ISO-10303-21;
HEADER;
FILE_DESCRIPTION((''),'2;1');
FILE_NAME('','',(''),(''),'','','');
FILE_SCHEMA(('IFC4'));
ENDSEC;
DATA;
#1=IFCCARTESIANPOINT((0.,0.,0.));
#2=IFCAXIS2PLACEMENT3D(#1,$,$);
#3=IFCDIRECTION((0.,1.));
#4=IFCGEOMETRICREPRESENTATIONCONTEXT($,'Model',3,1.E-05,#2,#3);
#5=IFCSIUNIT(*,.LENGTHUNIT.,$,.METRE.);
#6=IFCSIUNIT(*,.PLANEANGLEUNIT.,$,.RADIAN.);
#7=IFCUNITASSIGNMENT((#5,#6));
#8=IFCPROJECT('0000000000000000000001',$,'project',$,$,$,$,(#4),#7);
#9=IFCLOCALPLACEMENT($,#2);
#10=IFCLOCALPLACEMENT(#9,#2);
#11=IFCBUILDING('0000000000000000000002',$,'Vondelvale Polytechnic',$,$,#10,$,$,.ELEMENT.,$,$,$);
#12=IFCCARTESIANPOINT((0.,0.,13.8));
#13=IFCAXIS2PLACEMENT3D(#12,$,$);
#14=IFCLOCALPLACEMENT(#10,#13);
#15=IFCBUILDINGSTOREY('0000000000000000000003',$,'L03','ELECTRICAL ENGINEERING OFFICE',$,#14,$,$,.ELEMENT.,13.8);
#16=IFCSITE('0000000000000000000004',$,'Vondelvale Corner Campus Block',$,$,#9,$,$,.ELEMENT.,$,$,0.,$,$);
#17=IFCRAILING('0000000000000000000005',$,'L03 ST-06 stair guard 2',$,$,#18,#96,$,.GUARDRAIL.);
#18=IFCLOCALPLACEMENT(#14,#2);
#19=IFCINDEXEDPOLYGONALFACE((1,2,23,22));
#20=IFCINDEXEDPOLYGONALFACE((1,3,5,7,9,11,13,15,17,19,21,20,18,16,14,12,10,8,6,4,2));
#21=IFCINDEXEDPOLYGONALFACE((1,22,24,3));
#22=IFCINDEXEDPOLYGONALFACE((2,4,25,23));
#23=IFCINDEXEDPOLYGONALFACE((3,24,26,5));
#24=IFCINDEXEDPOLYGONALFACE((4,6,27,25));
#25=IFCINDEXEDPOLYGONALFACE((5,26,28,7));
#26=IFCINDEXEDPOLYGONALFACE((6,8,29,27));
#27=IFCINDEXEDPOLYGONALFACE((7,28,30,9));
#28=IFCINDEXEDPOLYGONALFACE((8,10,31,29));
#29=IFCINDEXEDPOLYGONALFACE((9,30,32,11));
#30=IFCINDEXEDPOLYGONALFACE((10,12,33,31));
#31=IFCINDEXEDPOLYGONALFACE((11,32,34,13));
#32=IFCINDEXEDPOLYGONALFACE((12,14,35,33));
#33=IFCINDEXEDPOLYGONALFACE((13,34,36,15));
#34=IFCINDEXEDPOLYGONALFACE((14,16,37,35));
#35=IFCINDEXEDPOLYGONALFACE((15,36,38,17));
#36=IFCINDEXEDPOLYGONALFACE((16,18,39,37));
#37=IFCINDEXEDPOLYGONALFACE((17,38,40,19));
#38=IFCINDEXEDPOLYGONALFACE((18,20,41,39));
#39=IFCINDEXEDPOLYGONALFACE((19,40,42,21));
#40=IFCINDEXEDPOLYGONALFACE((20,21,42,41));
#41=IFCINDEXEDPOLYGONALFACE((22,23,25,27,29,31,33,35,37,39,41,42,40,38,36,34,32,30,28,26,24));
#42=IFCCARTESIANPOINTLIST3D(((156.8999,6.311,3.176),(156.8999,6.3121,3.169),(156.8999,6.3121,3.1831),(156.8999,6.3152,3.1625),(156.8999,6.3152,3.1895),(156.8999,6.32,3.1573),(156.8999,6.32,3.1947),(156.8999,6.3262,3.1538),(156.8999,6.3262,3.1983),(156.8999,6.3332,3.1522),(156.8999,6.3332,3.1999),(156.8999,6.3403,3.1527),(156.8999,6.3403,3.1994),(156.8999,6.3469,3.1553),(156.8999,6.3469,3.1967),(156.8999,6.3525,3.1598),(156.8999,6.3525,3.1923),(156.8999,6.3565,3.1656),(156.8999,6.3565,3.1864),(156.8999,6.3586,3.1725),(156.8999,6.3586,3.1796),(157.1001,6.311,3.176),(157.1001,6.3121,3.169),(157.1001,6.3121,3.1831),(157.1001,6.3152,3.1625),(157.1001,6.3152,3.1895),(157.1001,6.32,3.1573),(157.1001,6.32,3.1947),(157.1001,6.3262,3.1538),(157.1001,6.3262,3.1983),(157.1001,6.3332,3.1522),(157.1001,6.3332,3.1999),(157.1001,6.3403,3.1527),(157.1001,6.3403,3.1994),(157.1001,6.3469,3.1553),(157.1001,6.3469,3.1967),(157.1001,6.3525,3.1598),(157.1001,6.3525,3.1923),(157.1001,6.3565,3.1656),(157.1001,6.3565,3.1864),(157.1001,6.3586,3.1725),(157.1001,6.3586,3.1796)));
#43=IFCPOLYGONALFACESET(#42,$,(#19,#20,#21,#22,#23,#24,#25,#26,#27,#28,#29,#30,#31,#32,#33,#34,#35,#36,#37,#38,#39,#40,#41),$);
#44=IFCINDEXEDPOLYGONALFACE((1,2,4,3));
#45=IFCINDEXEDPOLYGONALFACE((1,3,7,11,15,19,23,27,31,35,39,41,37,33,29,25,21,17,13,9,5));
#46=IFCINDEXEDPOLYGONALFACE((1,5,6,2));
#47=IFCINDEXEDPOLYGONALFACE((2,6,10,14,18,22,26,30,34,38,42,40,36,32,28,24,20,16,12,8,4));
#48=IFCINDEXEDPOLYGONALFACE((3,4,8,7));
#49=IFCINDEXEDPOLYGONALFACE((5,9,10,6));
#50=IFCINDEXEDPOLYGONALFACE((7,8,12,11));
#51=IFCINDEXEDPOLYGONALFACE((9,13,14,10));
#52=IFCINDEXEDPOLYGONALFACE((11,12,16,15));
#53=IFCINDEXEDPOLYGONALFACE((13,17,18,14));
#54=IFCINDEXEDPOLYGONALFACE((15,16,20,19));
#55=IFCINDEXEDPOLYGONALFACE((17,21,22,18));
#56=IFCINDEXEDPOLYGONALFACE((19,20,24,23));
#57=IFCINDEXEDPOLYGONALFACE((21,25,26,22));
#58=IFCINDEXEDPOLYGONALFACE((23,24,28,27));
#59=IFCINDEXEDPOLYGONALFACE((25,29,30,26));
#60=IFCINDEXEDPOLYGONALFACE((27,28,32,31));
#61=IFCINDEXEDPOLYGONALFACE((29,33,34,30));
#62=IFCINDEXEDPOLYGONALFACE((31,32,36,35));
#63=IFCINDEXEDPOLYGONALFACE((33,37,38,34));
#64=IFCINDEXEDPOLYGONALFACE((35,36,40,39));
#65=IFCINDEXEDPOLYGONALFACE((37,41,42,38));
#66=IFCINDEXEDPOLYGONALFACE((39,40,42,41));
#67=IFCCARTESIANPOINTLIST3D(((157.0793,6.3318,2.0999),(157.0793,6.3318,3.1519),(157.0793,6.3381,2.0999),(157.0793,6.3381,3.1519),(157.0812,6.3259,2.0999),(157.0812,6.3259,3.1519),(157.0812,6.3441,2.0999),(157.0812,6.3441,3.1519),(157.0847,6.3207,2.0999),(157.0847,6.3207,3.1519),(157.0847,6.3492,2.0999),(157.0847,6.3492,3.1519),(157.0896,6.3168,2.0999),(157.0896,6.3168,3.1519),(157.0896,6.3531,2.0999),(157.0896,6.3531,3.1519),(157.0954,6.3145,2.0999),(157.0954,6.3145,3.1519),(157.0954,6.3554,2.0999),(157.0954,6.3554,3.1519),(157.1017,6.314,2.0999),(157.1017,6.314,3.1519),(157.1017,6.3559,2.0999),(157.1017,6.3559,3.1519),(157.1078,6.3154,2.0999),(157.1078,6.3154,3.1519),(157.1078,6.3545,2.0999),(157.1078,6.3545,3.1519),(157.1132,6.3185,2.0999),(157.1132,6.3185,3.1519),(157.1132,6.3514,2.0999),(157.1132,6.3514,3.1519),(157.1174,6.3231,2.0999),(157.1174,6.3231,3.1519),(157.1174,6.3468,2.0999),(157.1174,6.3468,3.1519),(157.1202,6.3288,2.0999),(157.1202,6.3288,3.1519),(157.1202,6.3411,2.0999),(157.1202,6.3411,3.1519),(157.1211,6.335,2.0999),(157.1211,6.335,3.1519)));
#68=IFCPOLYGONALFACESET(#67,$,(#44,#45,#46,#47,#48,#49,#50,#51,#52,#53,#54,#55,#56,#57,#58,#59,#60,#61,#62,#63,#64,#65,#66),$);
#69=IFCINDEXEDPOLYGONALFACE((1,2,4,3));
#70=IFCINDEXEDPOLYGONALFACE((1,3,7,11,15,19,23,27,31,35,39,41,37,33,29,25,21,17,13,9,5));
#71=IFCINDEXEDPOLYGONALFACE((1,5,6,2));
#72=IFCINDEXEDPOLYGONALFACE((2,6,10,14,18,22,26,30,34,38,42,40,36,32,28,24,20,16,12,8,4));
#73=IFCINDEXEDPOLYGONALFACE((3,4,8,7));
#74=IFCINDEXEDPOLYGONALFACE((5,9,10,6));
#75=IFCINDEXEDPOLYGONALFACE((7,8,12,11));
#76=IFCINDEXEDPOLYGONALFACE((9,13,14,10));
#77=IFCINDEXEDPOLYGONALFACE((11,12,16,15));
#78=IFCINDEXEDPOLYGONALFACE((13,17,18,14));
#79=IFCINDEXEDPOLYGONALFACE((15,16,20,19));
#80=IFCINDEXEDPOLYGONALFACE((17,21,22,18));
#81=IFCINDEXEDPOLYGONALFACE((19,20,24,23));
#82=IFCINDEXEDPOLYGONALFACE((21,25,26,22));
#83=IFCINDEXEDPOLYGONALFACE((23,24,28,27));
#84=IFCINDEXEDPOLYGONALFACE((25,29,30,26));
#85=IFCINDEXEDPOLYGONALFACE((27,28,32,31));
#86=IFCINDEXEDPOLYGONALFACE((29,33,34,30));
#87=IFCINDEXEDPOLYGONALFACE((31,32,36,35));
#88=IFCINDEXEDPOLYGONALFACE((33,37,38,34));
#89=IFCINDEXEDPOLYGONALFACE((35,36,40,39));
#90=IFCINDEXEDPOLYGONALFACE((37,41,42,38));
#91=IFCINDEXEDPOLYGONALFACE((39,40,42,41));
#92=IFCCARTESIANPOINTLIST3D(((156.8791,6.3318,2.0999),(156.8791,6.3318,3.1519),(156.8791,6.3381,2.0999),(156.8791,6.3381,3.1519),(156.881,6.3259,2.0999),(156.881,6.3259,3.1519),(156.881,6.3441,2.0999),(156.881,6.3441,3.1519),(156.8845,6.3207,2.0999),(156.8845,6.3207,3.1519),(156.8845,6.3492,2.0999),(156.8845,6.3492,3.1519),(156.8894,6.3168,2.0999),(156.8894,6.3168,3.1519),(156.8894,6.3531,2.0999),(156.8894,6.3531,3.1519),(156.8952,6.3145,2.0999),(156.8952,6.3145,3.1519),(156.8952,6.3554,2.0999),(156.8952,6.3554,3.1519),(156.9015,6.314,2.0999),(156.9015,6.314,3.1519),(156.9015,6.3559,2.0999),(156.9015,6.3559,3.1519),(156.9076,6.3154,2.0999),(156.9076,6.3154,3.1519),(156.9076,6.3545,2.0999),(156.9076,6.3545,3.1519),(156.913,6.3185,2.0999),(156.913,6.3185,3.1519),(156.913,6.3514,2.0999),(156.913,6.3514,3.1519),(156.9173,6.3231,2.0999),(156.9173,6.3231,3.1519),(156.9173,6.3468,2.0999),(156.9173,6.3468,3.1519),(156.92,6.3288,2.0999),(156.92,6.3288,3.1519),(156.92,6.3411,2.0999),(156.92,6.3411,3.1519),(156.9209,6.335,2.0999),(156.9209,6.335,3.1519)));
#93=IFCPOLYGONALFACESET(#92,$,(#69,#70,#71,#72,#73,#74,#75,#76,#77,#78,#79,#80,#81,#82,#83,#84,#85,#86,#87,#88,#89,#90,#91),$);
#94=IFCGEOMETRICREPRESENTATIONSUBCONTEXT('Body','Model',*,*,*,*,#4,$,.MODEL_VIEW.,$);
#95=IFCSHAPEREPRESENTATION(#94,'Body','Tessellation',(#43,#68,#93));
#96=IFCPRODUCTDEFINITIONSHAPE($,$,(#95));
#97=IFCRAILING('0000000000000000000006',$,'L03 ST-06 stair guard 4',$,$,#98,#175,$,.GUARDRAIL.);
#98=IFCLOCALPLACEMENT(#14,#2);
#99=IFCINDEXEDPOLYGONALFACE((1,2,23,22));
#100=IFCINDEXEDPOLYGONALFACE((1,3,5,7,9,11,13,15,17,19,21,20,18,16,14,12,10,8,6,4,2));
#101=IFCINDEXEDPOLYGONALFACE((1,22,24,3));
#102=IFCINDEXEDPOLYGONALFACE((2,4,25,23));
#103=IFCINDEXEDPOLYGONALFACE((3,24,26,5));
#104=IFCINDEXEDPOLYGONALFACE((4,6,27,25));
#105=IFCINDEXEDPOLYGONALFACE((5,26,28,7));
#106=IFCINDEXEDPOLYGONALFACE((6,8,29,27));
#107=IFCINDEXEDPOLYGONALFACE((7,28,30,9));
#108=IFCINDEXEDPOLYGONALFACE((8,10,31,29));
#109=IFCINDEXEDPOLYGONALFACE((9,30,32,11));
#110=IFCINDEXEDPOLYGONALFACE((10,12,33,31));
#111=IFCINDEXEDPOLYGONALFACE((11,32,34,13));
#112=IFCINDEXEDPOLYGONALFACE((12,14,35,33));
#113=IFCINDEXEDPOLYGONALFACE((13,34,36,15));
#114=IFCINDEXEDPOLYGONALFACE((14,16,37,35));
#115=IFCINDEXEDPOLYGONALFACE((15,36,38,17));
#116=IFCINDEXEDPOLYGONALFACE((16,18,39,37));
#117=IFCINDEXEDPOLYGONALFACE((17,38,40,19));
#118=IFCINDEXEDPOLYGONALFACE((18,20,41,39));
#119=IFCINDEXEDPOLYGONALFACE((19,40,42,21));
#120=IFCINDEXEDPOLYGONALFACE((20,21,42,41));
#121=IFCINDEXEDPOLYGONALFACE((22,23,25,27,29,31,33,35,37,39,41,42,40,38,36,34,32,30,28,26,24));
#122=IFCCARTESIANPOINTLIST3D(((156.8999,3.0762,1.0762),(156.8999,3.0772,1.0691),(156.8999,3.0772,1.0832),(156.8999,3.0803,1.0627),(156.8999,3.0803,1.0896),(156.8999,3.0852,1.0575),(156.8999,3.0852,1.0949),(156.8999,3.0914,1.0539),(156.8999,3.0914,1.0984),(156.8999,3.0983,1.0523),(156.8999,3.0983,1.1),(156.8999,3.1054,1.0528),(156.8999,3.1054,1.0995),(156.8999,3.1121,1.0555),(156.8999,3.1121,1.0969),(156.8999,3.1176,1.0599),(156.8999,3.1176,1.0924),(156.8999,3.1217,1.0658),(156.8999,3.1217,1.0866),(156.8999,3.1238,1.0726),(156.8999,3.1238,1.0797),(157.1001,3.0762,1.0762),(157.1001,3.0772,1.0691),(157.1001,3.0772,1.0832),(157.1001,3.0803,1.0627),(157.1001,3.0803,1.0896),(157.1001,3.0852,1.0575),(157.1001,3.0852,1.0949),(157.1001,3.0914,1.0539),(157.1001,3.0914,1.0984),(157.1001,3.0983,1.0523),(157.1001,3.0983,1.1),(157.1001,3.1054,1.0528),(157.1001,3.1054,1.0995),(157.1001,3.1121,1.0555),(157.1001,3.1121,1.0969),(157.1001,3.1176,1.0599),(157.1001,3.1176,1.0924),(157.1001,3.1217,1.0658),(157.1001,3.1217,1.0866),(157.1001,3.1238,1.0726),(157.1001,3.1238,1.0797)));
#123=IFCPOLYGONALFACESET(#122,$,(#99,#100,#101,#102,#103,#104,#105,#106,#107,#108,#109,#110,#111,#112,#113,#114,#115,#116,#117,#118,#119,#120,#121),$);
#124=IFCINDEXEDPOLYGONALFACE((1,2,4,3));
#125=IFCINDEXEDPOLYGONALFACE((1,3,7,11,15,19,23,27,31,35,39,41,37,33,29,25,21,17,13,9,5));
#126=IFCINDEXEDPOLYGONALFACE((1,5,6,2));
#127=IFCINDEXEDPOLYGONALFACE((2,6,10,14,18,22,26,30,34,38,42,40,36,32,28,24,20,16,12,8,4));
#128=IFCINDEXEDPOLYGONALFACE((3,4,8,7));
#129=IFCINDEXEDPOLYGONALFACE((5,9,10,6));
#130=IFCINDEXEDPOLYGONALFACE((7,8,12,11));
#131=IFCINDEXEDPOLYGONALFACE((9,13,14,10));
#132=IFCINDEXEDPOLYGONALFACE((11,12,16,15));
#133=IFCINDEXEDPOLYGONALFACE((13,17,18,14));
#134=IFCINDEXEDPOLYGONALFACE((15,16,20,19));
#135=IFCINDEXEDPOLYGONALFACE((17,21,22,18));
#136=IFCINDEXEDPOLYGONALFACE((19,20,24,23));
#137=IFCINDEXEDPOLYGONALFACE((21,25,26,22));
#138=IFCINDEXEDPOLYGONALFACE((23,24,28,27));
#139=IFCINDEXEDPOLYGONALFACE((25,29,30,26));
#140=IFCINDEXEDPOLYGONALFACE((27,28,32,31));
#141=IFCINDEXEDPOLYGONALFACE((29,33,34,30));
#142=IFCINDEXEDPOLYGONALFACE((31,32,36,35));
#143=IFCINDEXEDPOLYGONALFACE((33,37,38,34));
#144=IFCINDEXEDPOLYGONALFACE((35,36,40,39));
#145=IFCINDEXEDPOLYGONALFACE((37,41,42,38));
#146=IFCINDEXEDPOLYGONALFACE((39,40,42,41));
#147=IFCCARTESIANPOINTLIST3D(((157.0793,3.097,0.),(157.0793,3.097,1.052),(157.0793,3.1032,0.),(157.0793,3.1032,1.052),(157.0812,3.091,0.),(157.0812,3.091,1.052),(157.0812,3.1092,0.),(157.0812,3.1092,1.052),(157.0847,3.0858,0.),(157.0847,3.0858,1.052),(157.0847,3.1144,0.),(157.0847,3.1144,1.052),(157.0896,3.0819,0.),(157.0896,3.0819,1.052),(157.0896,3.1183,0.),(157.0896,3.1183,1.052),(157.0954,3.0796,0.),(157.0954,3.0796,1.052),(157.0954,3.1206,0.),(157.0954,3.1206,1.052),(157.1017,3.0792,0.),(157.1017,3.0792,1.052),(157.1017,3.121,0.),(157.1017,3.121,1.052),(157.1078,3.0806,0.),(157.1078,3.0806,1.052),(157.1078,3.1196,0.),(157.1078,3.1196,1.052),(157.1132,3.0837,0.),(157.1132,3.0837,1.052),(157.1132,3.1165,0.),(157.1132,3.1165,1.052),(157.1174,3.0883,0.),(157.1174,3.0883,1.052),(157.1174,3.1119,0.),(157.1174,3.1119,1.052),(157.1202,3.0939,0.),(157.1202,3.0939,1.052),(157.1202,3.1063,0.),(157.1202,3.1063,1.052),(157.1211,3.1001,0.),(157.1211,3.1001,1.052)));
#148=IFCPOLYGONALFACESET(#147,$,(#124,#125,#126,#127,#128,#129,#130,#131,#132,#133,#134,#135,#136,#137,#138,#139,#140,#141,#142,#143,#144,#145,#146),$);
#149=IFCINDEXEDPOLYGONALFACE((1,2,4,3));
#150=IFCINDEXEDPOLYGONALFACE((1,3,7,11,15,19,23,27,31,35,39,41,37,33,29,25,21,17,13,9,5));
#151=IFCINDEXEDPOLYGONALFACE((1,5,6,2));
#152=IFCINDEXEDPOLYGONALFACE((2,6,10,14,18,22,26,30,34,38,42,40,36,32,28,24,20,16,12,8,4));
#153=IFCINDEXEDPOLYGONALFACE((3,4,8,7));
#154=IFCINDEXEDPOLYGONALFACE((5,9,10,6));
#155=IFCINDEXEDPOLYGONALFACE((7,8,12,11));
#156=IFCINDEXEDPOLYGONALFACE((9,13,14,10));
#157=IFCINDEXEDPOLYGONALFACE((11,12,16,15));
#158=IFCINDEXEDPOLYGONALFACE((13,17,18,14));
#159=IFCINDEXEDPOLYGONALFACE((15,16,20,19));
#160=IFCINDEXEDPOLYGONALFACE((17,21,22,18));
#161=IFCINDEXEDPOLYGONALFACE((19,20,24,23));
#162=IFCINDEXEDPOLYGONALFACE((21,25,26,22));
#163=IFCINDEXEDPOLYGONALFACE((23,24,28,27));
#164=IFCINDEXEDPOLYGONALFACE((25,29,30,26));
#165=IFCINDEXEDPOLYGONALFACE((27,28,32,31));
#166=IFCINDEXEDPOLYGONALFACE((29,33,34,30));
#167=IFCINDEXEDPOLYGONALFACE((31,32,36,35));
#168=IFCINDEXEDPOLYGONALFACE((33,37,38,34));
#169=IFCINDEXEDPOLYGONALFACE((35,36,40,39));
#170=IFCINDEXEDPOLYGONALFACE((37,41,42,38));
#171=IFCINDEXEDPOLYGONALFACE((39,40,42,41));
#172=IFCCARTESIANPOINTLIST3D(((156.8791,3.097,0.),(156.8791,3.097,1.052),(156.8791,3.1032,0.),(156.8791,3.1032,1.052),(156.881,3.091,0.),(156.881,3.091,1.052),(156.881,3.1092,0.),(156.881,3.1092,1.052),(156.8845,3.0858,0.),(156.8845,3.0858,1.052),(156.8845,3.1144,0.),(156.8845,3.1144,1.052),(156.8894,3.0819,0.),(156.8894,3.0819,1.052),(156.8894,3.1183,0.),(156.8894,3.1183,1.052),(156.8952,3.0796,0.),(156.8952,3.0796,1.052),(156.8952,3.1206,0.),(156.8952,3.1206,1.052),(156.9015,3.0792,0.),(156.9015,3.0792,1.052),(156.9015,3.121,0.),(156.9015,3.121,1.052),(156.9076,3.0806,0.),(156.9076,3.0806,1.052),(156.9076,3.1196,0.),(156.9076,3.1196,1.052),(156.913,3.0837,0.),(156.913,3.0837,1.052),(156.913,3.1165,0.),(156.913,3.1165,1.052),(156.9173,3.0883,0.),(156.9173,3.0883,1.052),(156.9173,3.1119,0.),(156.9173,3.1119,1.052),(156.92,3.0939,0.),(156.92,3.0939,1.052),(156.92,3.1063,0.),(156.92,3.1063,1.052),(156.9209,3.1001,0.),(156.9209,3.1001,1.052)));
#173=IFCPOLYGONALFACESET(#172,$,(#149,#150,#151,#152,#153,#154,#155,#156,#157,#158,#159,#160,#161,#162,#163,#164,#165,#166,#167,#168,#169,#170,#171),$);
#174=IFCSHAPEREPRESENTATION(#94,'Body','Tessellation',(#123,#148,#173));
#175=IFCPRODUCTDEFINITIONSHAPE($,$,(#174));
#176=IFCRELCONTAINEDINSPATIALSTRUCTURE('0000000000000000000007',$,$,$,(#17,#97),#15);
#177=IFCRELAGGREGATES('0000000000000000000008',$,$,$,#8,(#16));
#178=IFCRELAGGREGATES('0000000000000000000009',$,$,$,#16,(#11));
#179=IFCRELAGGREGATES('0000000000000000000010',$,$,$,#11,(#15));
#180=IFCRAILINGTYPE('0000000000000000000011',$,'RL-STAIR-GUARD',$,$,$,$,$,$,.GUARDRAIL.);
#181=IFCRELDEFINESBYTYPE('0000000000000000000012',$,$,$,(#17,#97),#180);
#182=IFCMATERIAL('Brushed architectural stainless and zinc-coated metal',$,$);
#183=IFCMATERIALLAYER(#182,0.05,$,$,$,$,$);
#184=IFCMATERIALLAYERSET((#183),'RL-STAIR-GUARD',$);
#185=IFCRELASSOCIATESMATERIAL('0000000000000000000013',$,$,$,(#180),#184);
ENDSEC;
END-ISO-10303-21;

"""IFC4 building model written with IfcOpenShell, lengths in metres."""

from ifc_helpers import new_model, si_unit, direction, frame, origin, origin_2d, place, context, subcontext, project, spatial, circle, extrude, material, layer, layer_set, type_object, element, save


model = new_model("IFC4")

# Units and contexts
model_context = context("Model", 3, precision=1e-05, world=origin(), true_north=direction((0.0, 1.0)))
body_context = subcontext(model_context, "Body", "Model", "MODEL_VIEW")
ifc_project = project(units=[si_unit("LENGTHUNIT", "METRE"), si_unit("PLANEANGLEUNIT", "RADIAN")], contexts=[model_context])

# Site, building, storey
site_placement = place(None, origin())
site = spatial("IfcSite", under=ifc_project, at=site_placement, Name="Vondelvale Corner Campus Block", CompositionType="ELEMENT", RefElevation=0.0)
building_placement = place(site_placement, origin())
building = spatial("IfcBuilding", under=site, at=building_placement, Name="Vondelvale Polytechnic", CompositionType="ELEMENT")
storey_placement = place(building_placement, frame((0.0, 0.0, 13.8)))
storey = spatial("IfcBuildingStorey", under=building, at=storey_placement, Name="L03", Description="ELECTRICAL ENGINEERING OFFICE", CompositionType="ELEMENT", Elevation=13.8)

# Shared definitions
ifc_material_1 = material(Name="Brushed architectural stainless and zinc-coated metal")

# Railings
ifc_layer_1 = layer(ifc_material_1, 0.05)
ifc_layer_set_1 = layer_set([ifc_layer_1], Name="RL-STAIR-GUARD")
railing_type_1 = type_object("IfcRailingType", Name="RL-STAIR-GUARD", PredefinedType="GUARDRAIL", material=ifc_layer_set_1)
for number, where, name in (
    (1, (157.1001, 6.335, 2.0999), "L03 ST-06 stair guard 2"),
    (2, (157.1001, 3.1001, 0.0), "L03 ST-06 stair guard 4"),
):
    element("IfcRailing", number, at=place(storey_placement, frame(where)), inside=storey, type_object=railing_type_1, Name=name, PredefinedType="GUARDRAIL", context=body_context, shape_type="SweptSolid", body=[
        extrude(circle(Radius=0.0239, at=origin_2d()), frame((0.0, 0.0, 1.0762), z_axis=(-1.0, 0.0, 0.0), x_axis=(0.0, -1.0, 0.0)), (0.0, 0.0, 1.0), 0.2002),
        extrude(circle(Radius=0.021, at=origin_2d()), origin(), (0.0, 0.0, 1.0), 1.052),
        extrude(circle(Radius=0.021, at=origin_2d()), frame((-0.2002, 0.0, 0.0)), (0.0, 0.0, 1.0), 1.052),
    ])

save(model, "model.ifc")
